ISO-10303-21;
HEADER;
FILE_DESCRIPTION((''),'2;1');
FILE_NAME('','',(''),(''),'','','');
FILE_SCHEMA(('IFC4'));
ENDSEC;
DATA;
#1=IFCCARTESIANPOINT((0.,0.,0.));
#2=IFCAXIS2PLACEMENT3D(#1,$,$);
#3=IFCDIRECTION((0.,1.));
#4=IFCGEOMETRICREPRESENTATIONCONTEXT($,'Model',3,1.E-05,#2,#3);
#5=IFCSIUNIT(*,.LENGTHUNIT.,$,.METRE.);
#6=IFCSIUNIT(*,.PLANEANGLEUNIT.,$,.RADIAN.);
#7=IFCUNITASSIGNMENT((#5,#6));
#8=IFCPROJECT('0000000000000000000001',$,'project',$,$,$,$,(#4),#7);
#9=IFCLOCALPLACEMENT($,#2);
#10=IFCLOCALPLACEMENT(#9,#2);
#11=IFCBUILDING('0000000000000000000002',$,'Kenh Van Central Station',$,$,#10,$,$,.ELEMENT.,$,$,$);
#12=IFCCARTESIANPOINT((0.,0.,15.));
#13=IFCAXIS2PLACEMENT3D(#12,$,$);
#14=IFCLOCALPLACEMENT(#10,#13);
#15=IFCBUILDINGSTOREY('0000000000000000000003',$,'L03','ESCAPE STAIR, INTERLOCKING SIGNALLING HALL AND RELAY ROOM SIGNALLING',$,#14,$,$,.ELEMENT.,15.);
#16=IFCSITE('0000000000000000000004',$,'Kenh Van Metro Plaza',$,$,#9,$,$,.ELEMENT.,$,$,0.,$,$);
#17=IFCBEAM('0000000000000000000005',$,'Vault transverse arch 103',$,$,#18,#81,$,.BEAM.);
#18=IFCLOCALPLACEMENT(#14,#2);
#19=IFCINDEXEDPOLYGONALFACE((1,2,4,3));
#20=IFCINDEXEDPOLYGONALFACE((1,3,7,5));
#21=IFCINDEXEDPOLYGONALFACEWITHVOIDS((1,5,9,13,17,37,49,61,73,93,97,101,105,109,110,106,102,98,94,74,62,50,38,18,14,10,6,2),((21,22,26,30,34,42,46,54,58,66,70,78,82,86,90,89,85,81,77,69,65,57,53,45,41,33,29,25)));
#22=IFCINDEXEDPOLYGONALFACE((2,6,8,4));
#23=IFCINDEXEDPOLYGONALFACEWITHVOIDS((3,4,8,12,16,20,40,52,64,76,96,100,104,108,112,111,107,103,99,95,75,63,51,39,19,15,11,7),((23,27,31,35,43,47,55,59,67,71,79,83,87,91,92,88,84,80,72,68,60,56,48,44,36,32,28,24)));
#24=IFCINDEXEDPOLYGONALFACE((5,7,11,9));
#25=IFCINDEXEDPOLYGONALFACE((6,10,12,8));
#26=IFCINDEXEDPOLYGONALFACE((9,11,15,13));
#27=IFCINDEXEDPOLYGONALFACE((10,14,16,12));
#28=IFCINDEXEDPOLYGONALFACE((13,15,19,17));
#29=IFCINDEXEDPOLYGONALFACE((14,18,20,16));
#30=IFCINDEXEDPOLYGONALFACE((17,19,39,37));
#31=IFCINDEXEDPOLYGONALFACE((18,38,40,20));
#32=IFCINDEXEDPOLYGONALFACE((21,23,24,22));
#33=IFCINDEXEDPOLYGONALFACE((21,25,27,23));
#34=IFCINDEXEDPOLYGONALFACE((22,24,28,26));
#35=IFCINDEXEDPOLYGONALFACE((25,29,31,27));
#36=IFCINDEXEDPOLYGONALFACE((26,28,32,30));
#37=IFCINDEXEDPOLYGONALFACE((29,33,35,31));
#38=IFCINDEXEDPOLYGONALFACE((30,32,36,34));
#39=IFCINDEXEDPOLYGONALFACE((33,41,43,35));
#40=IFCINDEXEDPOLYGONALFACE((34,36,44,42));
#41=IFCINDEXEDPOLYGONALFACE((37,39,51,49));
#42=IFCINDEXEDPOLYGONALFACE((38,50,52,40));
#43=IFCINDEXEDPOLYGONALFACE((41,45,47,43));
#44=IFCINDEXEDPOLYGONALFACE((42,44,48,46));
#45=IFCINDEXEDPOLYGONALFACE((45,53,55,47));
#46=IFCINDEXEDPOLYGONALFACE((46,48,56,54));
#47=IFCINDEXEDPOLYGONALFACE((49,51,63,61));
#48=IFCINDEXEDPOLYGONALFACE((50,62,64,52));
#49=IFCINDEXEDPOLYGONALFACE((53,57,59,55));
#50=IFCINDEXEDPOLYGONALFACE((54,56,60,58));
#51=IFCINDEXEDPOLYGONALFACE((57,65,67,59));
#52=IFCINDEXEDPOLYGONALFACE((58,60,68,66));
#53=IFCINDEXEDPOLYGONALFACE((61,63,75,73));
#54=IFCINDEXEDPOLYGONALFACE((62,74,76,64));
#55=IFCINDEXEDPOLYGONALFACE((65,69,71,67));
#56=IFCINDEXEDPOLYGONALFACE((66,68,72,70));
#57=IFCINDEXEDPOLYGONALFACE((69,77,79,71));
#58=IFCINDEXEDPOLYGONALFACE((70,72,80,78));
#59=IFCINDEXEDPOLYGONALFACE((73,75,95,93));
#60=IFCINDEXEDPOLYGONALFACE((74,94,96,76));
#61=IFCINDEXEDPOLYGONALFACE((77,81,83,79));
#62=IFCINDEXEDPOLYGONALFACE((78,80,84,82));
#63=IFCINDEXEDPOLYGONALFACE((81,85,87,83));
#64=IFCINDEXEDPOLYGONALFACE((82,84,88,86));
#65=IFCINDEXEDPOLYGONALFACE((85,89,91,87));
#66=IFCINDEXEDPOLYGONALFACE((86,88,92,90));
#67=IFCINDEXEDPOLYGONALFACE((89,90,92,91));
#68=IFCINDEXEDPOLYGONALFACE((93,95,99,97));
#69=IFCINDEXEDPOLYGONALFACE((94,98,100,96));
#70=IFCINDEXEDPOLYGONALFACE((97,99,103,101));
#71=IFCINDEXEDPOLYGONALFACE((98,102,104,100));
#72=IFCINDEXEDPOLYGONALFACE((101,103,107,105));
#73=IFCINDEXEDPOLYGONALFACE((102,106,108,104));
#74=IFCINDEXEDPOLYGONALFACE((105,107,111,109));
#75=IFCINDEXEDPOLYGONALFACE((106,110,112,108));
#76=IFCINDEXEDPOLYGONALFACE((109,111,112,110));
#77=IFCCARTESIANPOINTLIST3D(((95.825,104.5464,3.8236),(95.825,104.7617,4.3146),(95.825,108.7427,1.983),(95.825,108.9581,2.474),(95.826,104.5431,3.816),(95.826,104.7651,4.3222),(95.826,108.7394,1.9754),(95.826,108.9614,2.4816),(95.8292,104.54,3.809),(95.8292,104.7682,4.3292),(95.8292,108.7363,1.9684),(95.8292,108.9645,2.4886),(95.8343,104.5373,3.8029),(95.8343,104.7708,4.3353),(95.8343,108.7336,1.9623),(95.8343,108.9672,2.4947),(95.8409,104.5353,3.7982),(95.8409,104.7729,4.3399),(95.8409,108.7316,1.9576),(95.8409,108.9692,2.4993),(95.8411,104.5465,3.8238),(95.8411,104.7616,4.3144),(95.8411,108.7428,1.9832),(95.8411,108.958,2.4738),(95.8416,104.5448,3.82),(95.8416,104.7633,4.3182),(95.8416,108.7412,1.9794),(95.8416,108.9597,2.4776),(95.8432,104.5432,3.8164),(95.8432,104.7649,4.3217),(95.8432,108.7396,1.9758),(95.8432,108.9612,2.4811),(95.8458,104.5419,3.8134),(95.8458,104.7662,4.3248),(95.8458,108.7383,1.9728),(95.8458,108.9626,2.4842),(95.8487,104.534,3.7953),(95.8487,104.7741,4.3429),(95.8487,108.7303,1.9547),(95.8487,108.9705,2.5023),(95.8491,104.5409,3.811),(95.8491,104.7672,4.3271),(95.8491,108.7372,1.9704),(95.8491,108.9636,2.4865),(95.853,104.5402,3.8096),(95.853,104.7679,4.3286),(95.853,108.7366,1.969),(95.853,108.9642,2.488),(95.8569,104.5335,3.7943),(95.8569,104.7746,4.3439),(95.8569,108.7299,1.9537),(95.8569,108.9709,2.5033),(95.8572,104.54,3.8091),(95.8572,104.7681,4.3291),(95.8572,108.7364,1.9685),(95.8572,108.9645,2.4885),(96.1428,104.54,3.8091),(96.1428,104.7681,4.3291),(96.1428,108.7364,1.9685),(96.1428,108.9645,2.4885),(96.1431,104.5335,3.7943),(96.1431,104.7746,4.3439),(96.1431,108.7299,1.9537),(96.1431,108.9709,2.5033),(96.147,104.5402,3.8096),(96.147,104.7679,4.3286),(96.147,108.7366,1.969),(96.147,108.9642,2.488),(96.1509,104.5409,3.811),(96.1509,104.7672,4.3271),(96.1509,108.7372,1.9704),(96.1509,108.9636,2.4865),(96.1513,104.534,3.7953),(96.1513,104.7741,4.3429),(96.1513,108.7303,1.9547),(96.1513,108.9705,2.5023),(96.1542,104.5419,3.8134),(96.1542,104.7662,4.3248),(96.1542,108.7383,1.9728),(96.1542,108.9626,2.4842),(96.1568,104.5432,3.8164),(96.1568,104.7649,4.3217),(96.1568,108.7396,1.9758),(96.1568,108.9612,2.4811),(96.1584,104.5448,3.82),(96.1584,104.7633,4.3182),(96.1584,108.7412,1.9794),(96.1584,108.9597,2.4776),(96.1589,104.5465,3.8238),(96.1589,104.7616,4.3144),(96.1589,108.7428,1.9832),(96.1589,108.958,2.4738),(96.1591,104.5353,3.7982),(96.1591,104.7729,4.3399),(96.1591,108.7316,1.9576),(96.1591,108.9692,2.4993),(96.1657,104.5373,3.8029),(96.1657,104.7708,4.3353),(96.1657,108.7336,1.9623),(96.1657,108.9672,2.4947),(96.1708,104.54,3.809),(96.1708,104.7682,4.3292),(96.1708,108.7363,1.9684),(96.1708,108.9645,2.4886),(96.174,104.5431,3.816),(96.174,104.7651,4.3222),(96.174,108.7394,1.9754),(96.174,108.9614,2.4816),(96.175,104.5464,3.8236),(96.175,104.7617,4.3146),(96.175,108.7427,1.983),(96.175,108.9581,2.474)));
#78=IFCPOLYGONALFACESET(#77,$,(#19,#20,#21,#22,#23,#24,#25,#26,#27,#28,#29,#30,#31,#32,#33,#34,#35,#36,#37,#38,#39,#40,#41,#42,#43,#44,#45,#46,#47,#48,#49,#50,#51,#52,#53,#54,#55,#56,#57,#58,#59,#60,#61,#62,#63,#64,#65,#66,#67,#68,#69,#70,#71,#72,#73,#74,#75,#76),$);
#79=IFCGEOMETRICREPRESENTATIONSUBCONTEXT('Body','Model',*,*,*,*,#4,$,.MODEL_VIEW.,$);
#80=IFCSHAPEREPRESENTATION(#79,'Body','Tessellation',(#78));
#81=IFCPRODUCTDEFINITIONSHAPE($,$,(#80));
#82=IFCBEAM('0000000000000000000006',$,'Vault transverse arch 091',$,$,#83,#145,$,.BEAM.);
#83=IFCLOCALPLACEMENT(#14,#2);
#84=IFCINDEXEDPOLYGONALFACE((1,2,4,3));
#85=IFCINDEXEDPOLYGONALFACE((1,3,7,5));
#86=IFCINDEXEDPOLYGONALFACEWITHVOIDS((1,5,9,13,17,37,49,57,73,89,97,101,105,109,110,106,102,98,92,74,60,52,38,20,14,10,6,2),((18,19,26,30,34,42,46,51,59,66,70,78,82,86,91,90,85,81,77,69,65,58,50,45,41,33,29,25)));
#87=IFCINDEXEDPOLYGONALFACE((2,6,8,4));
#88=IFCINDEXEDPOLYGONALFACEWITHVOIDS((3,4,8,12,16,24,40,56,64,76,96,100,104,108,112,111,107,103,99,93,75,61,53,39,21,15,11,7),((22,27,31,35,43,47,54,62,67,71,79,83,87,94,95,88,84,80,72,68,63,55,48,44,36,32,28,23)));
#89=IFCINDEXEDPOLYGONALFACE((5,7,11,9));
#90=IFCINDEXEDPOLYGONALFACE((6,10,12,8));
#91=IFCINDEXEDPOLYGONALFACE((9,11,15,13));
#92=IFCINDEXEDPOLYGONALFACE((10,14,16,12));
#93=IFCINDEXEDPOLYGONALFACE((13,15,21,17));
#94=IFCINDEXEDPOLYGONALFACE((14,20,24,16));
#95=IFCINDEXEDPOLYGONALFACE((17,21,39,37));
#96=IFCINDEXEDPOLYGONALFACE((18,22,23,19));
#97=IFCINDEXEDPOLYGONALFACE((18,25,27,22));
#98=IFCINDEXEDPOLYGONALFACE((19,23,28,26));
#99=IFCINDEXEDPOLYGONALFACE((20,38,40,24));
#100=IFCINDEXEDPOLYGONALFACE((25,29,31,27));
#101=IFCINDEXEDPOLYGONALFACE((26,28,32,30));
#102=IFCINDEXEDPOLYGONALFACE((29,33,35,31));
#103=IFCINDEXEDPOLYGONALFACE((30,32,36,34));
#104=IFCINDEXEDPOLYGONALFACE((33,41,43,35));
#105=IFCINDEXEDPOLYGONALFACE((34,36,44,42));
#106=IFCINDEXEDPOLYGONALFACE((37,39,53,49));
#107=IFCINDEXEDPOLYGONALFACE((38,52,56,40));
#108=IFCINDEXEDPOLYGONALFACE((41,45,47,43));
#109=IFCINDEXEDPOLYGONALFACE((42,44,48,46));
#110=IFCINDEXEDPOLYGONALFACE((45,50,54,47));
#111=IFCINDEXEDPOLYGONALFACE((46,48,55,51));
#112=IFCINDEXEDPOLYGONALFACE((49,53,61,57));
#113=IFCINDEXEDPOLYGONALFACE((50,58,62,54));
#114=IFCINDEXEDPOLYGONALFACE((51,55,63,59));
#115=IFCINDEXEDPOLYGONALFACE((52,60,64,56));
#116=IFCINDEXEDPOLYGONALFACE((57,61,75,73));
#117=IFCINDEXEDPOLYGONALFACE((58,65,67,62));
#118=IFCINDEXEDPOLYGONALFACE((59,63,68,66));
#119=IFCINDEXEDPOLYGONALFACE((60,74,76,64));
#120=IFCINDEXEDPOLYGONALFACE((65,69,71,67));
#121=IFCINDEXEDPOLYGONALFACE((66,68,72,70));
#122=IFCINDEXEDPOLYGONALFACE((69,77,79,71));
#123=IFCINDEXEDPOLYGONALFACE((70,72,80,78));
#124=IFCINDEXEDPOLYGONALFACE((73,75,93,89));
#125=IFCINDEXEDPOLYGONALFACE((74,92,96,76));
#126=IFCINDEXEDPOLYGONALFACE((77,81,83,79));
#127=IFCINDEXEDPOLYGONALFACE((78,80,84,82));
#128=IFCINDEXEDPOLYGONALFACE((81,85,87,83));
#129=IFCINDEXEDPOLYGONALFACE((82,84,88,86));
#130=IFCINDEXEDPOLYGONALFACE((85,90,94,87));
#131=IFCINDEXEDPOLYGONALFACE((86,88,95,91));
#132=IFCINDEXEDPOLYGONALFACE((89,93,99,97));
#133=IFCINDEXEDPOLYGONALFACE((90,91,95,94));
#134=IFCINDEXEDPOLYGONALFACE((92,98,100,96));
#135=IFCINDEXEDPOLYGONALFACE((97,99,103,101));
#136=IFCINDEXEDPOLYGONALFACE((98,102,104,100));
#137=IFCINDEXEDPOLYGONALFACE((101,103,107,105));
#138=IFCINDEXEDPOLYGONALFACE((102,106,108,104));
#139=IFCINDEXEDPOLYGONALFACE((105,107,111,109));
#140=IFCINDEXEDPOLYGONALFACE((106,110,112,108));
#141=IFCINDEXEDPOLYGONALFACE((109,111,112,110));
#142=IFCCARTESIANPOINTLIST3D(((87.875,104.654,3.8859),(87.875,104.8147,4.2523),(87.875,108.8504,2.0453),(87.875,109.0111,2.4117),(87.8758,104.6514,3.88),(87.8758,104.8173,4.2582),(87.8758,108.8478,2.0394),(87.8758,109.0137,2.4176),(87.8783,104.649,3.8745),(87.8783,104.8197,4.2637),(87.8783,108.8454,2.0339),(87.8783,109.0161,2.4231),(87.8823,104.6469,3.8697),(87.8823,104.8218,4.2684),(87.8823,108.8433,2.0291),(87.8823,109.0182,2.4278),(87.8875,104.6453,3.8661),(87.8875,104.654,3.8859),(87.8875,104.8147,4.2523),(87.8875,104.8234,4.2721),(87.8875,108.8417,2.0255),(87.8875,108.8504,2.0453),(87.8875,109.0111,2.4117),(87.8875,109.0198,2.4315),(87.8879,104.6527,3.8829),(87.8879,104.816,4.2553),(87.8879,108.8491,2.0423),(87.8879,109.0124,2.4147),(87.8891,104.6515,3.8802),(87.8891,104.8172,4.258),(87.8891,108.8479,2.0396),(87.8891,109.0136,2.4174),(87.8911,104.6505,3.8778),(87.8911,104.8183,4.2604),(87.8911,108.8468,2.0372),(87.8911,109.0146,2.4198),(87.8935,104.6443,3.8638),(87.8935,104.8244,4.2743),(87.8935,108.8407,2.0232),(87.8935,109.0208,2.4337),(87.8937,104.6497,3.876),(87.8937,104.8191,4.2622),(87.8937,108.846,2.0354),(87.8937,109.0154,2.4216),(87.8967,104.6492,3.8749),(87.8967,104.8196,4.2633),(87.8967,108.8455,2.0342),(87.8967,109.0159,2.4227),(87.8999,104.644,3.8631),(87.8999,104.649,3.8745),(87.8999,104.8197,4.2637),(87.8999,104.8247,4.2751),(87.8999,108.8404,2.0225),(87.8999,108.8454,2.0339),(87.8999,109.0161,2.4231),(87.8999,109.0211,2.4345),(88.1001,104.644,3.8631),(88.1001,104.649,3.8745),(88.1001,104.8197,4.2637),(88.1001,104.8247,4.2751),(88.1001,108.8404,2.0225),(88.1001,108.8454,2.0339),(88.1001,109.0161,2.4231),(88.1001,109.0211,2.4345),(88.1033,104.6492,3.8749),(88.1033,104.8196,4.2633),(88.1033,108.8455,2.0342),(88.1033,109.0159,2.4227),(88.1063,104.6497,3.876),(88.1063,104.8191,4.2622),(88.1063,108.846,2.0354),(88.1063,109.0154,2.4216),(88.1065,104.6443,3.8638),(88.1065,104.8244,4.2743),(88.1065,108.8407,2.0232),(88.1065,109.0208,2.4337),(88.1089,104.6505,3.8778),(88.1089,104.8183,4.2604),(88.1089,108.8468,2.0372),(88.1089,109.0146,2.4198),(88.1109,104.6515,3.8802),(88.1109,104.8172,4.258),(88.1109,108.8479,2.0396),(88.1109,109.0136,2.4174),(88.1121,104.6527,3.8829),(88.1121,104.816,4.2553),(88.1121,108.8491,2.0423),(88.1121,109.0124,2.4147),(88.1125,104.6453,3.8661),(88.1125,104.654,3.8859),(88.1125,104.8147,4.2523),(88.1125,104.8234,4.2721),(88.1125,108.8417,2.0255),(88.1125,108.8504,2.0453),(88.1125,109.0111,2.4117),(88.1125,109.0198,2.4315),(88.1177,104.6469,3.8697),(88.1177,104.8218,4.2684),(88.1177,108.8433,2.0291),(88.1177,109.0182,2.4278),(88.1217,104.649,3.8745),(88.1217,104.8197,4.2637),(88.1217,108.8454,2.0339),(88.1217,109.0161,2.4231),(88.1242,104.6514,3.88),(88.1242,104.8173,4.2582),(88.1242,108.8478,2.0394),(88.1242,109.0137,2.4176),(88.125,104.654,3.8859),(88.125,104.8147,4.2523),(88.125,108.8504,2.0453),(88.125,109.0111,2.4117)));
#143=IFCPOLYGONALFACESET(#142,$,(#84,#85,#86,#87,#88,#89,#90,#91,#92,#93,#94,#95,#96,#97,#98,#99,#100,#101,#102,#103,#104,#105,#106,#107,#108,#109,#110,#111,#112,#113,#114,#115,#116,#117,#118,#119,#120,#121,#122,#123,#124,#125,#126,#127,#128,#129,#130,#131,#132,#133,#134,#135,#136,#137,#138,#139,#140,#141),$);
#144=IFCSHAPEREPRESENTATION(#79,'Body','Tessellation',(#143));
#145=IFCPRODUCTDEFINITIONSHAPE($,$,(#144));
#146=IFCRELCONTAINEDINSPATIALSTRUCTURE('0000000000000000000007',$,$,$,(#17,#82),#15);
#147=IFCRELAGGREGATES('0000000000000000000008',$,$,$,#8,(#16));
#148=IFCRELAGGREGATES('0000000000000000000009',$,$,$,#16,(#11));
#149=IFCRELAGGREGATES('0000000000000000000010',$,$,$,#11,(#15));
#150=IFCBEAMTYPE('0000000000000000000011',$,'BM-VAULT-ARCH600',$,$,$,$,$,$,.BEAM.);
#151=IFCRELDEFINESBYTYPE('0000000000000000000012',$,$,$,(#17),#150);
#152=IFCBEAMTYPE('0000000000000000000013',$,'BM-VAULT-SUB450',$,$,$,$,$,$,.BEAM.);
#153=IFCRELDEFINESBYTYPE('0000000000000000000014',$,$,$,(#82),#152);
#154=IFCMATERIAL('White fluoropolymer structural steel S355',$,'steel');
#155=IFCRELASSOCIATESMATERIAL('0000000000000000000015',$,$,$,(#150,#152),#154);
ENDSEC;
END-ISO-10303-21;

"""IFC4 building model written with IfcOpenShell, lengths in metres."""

from ifc_helpers import new_model, si_unit, direction, frame, origin, origin_2d, place, context, subcontext, project, spatial, hollow_rectangle, extrude, material, material_profile, profile_set, type_object, element, save


model = new_model("IFC4")

# Units and contexts
model_context = context("Model", 3, precision=1e-05, world=origin(), true_north=direction((0.0, 1.0)))
body_context = subcontext(model_context, "Body", "Model", "MODEL_VIEW")
ifc_project = project(units=[si_unit("LENGTHUNIT", "METRE"), si_unit("PLANEANGLEUNIT", "RADIAN")], contexts=[model_context])

# Site, building, storey
site_placement = place(None, origin())
site = spatial("IfcSite", under=ifc_project, at=site_placement, Name="Kenh Van Metro Plaza", CompositionType="ELEMENT", RefElevation=0.0)
building_placement = place(site_placement, origin())
building = spatial("IfcBuilding", under=site, at=building_placement, Name="Kenh Van Central Station", CompositionType="ELEMENT")
storey_placement = place(building_placement, frame((0.0, 0.0, 15.0)))
storey = spatial("IfcBuildingStorey", under=building, at=storey_placement, Name="L03", Description="ESCAPE STAIR, INTERLOCKING SIGNALLING HALL AND RELAY ROOM SIGNALLING", CompositionType="ELEMENT", Elevation=15.0)

# Beams
ifc_material_1 = material(Name="White fluoropolymer structural steel S355", Category="steel")
ifc_material_profile_1 = material_profile(ifc_material_1, hollow_rectangle(XDim=0.3501, YDim=0.6001, WallThickness=0.0161, InnerFilletRadius=0.0161, OuterFilletRadius=0.032, at=origin_2d()), Name="RHS 600x350x16")
ifc_profile_set_1 = profile_set([ifc_material_profile_1], Name="White fluoropolymer structural steel S355")
beam_type_1 = type_object("IfcBeamType", Name="BM-VAULT-ARCH600", PredefinedType="BEAM", material=ifc_profile_set_1)
beam_1_placement = place(storey_placement, frame((96.0, 104.6541, 4.0691), z_axis=(0.0, 0.91578, -0.40168), x_axis=(-1.0, 0.0, 0.0)))
element("IfcBeam", 1, at=beam_1_placement, inside=storey, type_object=beam_type_1, Name="Vault transverse arch 103", PredefinedType="BEAM", context=body_context, shape_type="SweptSolid", body=[
    extrude(hollow_rectangle(XDim=0.3501, YDim=0.6001, WallThickness=0.0161, InnerFilletRadius=0.0161, OuterFilletRadius=0.032, at=origin_2d()), origin(), (0.0, 0.0, 1.0), 4.5823),
])
ifc_material_profile_2 = material_profile(ifc_material_1, hollow_rectangle(XDim=0.25, YDim=0.45, WallThickness=0.0125, InnerFilletRadius=0.0125, OuterFilletRadius=0.0249, at=origin_2d()), Name="RHS 450x250x12.5")
ifc_profile_set_2 = profile_set([ifc_material_profile_2], Name="White fluoropolymer structural steel S355")
beam_type_2 = type_object("IfcBeamType", Name="BM-VAULT-SUB450", PredefinedType="BEAM", material=ifc_profile_set_2)
beam_2_placement = place(storey_placement, frame((88.0, 104.7344, 4.0691), z_axis=(0.0, 0.91578, -0.40168), x_axis=(-1.0, 0.0, 0.0)))
element("IfcBeam", 2, at=beam_2_placement, inside=storey, type_object=beam_type_2, Name="Vault transverse arch 091", PredefinedType="BEAM", context=body_context, shape_type="SweptSolid", body=[
    extrude(hollow_rectangle(XDim=0.25, YDim=0.45, WallThickness=0.0125, InnerFilletRadius=0.0125, OuterFilletRadius=0.0249, at=origin_2d()), origin(), (0.0, 0.0, 1.0), 4.5823),
])

save(model, "model.ifc")
